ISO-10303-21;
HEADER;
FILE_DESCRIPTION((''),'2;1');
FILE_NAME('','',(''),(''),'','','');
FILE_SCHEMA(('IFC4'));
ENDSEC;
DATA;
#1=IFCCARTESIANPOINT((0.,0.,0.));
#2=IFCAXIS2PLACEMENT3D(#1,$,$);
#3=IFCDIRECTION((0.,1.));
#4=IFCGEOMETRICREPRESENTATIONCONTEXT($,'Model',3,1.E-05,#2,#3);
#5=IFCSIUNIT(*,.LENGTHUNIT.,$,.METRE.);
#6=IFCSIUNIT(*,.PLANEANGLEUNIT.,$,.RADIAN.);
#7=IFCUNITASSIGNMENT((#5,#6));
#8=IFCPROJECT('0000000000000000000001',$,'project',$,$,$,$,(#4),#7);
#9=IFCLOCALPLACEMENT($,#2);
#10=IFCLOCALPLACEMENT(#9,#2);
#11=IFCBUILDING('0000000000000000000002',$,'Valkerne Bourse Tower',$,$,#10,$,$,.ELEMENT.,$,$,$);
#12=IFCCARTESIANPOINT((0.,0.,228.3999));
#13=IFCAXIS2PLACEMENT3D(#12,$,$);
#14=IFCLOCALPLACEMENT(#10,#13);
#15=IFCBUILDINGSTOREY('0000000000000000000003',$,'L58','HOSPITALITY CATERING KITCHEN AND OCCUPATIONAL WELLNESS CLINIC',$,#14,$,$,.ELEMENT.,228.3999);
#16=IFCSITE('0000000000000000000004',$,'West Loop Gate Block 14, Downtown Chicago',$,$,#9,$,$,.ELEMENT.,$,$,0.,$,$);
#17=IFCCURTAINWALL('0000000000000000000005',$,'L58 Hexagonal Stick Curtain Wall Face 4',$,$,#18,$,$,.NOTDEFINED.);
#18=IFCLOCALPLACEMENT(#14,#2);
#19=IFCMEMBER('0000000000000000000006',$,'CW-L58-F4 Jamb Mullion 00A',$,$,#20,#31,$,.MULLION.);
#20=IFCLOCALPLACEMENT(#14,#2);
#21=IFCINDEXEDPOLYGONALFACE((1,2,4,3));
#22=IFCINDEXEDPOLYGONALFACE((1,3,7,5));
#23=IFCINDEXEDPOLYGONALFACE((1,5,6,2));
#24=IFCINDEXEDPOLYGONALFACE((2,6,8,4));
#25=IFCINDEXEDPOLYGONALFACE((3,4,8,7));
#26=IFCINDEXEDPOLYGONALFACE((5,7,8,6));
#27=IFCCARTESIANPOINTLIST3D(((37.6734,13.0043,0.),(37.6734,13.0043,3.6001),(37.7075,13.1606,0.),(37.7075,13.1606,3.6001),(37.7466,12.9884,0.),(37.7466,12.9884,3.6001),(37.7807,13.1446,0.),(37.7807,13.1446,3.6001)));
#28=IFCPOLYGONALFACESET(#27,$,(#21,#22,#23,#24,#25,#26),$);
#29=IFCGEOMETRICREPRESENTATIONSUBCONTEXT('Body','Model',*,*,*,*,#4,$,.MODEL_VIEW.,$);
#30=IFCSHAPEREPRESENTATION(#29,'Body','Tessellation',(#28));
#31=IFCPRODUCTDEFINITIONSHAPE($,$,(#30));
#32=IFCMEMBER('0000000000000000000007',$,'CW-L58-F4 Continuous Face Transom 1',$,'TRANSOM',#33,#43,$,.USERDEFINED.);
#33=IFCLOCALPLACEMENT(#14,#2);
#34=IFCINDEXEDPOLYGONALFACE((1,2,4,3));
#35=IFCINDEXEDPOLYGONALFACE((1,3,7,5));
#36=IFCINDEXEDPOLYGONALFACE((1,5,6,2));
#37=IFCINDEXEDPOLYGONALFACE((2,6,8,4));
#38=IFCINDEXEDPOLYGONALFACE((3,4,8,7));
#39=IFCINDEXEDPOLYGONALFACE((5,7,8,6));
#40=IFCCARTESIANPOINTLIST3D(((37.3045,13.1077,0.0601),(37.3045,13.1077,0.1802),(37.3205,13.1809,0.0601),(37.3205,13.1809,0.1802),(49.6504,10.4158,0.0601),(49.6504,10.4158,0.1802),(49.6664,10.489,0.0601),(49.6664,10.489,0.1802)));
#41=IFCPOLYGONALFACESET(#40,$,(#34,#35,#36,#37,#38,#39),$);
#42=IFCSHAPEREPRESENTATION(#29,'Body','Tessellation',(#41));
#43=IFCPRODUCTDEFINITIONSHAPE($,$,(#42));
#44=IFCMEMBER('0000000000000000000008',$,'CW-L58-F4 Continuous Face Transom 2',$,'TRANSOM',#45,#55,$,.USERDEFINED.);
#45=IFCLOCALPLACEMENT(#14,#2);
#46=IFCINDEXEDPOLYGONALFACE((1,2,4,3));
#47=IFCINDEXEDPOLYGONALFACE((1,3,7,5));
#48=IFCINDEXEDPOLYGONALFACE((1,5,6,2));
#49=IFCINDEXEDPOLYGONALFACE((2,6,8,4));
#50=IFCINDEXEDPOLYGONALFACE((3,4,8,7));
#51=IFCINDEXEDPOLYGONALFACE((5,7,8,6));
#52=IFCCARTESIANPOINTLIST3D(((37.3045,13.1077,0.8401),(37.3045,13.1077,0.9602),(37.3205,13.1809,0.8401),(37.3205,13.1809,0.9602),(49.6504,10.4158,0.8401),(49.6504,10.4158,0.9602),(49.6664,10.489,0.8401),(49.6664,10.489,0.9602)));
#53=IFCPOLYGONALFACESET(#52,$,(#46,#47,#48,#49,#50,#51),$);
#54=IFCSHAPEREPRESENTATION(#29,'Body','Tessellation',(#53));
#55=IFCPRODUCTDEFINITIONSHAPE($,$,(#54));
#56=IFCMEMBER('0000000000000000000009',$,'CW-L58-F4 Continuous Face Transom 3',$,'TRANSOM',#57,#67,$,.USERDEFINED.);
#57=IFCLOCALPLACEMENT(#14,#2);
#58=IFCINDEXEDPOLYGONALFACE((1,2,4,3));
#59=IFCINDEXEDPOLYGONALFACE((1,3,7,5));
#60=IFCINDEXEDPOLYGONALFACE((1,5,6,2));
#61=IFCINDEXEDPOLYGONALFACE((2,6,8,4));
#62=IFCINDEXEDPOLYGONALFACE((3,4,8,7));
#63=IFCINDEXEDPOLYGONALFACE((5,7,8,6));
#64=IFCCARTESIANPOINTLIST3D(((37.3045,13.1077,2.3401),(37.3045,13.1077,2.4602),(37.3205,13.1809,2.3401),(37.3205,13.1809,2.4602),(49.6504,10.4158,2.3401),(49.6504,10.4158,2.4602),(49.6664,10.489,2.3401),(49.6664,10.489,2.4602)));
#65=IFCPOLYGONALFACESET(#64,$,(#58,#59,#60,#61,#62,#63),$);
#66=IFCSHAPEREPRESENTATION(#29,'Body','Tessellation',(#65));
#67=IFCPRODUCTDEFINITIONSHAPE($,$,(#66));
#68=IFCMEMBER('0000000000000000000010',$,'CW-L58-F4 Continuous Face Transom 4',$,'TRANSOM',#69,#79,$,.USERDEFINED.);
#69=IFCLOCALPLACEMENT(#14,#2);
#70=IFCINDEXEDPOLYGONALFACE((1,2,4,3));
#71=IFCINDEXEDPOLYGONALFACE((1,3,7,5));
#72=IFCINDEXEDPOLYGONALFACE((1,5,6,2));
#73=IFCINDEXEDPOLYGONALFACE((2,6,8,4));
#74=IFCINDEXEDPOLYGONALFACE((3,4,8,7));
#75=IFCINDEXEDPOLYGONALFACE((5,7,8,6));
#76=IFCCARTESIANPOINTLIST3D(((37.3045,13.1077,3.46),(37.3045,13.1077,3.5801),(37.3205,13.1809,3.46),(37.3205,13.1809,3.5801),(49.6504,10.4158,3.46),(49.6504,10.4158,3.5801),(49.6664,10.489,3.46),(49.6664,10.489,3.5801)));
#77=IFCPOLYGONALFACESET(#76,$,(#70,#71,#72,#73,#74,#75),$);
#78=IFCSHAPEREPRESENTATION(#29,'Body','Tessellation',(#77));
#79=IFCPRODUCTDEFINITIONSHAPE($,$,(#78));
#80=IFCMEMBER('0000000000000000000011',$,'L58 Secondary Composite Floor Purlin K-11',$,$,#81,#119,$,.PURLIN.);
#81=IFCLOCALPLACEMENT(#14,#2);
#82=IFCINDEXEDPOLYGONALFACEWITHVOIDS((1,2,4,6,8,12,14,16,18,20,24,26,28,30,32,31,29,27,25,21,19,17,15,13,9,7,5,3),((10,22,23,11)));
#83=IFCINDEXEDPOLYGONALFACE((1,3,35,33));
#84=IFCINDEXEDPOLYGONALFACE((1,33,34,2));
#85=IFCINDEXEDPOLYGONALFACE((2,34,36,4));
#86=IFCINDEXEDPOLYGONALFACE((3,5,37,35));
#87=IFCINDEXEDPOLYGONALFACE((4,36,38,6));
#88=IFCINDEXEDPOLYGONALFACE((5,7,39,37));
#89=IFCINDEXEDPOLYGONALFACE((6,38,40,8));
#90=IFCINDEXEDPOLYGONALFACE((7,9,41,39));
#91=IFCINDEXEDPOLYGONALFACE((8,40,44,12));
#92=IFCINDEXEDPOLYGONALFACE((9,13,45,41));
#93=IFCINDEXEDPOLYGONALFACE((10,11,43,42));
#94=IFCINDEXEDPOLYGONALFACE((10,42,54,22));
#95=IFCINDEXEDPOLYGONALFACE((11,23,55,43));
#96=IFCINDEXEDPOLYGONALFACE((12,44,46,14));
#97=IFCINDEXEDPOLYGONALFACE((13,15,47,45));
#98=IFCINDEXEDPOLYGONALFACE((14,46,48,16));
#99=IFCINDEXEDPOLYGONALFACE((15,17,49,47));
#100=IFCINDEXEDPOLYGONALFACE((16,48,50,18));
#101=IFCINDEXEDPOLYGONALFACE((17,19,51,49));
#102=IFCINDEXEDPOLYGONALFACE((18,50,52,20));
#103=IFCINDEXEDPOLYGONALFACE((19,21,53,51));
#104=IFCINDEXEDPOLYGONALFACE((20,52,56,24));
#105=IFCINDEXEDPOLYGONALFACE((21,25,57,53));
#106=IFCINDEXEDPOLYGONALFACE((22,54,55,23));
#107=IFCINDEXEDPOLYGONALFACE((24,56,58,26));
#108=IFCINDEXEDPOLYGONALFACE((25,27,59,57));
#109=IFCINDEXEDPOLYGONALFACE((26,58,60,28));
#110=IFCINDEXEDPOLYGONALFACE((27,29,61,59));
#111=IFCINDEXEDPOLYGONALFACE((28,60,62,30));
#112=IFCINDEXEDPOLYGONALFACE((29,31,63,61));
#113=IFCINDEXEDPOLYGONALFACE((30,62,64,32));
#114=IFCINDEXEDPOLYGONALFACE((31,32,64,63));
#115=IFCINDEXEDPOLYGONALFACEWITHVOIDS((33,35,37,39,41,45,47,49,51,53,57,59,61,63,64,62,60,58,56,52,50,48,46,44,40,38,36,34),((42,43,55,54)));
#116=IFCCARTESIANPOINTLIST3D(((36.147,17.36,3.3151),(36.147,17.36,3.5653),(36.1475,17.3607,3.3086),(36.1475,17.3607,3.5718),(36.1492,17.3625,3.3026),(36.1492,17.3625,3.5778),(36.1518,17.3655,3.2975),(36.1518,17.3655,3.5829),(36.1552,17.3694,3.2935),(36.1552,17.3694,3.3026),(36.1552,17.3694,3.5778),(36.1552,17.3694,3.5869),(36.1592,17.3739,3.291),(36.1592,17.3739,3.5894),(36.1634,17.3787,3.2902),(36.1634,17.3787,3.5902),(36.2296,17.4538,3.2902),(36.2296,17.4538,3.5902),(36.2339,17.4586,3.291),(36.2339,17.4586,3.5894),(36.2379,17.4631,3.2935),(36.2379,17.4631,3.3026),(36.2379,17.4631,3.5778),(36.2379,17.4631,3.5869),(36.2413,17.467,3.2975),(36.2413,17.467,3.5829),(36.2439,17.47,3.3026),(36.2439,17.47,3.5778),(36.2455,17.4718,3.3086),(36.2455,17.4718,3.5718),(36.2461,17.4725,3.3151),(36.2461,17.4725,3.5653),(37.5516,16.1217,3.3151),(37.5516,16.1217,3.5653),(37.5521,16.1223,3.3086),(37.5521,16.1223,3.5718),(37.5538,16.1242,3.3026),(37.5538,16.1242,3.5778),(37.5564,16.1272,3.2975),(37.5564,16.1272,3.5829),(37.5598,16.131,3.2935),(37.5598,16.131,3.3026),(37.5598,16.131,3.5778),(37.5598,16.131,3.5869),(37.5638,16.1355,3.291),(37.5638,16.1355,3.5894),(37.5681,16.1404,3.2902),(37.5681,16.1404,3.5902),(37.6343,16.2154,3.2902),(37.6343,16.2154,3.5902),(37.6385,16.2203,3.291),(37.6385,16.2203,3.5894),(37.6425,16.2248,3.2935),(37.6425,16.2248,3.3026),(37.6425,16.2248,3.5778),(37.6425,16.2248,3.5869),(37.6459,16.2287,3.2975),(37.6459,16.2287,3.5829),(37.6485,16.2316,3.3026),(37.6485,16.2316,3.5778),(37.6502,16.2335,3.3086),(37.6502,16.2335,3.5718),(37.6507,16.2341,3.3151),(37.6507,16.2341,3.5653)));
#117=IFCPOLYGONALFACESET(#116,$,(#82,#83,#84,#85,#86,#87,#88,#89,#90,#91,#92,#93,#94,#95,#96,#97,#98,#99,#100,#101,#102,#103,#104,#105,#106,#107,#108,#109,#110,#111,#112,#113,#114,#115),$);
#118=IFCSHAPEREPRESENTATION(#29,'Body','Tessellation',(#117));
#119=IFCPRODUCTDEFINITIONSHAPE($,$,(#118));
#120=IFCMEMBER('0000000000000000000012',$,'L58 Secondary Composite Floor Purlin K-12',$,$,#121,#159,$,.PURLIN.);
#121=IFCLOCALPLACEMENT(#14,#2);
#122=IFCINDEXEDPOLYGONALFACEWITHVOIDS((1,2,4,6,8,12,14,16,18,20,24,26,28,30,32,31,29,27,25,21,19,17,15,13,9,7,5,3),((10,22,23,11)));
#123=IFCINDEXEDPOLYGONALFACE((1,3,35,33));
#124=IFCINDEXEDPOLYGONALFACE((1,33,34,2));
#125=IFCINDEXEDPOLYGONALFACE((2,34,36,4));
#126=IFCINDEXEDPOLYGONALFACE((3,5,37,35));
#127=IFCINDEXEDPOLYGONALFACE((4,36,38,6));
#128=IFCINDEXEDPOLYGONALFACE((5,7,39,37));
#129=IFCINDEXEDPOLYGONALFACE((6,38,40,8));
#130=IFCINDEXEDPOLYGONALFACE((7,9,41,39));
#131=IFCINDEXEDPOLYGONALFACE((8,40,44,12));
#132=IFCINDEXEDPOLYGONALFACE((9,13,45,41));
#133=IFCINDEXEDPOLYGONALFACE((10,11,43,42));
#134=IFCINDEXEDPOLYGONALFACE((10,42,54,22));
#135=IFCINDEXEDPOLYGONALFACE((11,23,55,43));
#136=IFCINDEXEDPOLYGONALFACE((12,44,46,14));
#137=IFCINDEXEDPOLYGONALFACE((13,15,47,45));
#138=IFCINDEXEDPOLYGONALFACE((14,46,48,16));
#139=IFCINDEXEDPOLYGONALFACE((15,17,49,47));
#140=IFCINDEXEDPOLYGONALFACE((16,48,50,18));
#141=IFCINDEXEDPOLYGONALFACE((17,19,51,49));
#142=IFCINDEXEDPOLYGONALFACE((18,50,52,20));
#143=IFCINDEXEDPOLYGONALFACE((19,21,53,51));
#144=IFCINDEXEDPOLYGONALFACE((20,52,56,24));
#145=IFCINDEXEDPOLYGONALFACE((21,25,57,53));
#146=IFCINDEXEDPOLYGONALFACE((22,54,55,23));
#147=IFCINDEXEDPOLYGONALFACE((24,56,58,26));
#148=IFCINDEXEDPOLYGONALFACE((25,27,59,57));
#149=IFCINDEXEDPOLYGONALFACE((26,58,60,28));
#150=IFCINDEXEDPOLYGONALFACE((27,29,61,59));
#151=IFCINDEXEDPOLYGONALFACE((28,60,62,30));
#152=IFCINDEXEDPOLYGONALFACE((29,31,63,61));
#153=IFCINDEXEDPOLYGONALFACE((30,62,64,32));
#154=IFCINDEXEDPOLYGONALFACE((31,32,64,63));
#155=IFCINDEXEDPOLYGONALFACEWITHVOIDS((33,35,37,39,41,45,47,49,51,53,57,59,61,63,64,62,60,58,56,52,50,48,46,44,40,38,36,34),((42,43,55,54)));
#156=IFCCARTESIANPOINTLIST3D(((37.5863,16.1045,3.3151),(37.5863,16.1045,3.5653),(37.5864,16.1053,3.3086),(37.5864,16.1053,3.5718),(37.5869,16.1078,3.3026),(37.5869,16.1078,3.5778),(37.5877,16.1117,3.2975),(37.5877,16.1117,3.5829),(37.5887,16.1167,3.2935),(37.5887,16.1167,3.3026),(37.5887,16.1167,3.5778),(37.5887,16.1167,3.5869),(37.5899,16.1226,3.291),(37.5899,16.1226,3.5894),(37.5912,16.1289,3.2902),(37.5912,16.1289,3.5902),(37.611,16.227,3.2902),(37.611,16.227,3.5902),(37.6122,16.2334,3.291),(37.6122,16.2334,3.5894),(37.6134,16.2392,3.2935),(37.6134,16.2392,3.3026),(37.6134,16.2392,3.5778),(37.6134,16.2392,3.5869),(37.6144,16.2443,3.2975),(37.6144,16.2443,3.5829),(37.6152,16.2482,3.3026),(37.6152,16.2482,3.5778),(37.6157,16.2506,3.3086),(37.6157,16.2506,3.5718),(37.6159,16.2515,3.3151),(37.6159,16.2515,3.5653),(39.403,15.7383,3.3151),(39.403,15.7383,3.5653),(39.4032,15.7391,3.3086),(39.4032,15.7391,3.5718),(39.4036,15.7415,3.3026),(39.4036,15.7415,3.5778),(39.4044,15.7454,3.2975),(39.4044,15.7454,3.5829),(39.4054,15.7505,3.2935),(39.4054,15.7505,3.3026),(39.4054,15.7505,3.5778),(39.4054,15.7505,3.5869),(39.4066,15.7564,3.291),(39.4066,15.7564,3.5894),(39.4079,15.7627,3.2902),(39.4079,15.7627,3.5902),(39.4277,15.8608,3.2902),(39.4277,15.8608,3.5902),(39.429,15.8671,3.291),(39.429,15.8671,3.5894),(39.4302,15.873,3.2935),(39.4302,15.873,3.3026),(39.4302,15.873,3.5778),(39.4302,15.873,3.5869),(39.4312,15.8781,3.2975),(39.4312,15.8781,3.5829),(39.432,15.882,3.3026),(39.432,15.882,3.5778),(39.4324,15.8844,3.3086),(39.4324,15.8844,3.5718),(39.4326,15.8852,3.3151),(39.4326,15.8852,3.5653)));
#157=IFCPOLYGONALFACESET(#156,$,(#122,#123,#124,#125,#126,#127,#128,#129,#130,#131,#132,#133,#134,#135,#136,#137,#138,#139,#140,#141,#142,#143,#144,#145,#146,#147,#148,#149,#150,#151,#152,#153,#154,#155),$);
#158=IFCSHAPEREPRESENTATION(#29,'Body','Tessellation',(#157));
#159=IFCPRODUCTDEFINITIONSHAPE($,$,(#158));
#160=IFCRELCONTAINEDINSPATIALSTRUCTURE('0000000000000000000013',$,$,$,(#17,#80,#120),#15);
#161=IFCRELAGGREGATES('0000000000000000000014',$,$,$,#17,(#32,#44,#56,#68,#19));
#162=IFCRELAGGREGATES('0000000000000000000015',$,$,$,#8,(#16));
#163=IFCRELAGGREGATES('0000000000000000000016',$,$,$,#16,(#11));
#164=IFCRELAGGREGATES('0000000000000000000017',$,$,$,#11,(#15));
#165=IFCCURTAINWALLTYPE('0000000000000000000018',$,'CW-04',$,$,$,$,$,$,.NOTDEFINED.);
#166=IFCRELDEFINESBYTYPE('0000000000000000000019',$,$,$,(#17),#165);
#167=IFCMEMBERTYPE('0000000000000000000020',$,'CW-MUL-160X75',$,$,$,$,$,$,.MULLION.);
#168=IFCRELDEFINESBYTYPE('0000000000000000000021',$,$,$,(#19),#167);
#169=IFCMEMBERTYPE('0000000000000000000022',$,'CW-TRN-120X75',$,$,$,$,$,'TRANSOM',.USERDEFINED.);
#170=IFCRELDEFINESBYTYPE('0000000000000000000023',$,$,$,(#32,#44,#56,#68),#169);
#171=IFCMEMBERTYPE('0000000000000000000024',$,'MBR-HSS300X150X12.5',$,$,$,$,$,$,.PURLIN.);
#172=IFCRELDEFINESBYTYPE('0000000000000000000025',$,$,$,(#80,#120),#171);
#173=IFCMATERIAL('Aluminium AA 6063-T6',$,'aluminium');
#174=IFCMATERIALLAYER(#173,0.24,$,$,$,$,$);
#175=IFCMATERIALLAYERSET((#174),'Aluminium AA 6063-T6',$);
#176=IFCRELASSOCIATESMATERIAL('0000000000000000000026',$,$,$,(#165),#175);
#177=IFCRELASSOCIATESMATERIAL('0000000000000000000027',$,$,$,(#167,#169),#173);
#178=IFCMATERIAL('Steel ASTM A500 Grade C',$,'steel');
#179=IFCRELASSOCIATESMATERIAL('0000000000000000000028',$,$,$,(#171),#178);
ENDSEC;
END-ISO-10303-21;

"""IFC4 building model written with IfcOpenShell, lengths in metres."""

from ifc_helpers import new_model, si_unit, direction, frame, origin, origin_2d, place, context, subcontext, project, spatial, rectangle, hollow_rectangle, extrude, material, layer, layer_set, material_profile, profile_set, type_object, element, aggregate, save


model = new_model("IFC4")

# Units and contexts
model_context = context("Model", 3, precision=1e-05, world=origin(), true_north=direction((0.0, 1.0)))
body_context = subcontext(model_context, "Body", "Model", "MODEL_VIEW")
ifc_project = project(units=[si_unit("LENGTHUNIT", "METRE"), si_unit("PLANEANGLEUNIT", "RADIAN")], contexts=[model_context])

# Site, building, storey
site_placement = place(None, origin())
site = spatial("IfcSite", under=ifc_project, at=site_placement, Name="West Loop Gate Block 14, Downtown Chicago", CompositionType="ELEMENT", RefElevation=0.0)
building_placement = place(site_placement, origin())
building = spatial("IfcBuilding", under=site, at=building_placement, Name="Valkerne Bourse Tower", CompositionType="ELEMENT")
storey_placement = place(building_placement, frame((0.0, 0.0, 228.3999)))
storey = spatial("IfcBuildingStorey", under=building, at=storey_placement, Name="L58", Description="HOSPITALITY CATERING KITCHEN AND OCCUPATIONAL WELLNESS CLINIC", CompositionType="ELEMENT", Elevation=228.3999)

# Curtain wall, members
ifc_material_1 = material(Name="Aluminium AA 6063-T6", Category="aluminium")
ifc_layer_1 = layer(ifc_material_1, 0.24)
ifc_layer_set_1 = layer_set([ifc_layer_1], Name="Aluminium AA 6063-T6")
curtain_wall_type = type_object("IfcCurtainWallType", Name="CW-04", PredefinedType="NOTDEFINED", material=ifc_layer_set_1)
curtain_wall_placement = place(storey_placement, origin())
curtain_wall = element("IfcCurtainWall", 1, at=curtain_wall_placement, inside=storey, type_object=curtain_wall_type, Name="L58 Hexagonal Stick Curtain Wall Face 4", PredefinedType="NOTDEFINED")
ifc_material_profile_1 = material_profile(ifc_material_1, rectangle(XDim=0.075, YDim=0.1599, at=origin_2d()), Name="CWM-75X160")
ifc_profile_set_1 = profile_set([ifc_material_profile_1], Name="Aluminium AA 6063-T6")
member_type_1 = type_object("IfcMemberType", Name="CW-MUL-160X75", PredefinedType="MULLION", material=ifc_profile_set_1)
member_1_placement = place(storey_placement, frame((37.7271, 13.0745, 0.0), z_axis=(0.0, 0.0, 1.0), x_axis=(0.977045, -0.213035, 0.0)))
member_1 = element("IfcMember", 2, at=member_1_placement, type_object=member_type_1, Name="CW-L58-F4 Jamb Mullion 00A", PredefinedType="MULLION", context=body_context, shape_type="SweptSolid", body=[
    extrude(rectangle(XDim=0.075, YDim=0.1599, at=origin_2d()), origin(), (0.0, 0.0, 1.0), 3.6001),
])
ifc_material_profile_2 = material_profile(ifc_material_1, rectangle(XDim=0.075, YDim=0.1201, at=origin_2d()), Name="CWT-75X120")
ifc_profile_set_2 = profile_set([ifc_material_profile_2], Name="Aluminium AA 6063-T6")
member_type_2 = type_object("IfcMemberType", Name="CW-TRN-120X75", ElementType="TRANSOM", PredefinedType="USERDEFINED", material=ifc_profile_set_2)
member_2_placement = place(storey_placement, frame((37.3125, 13.1443, 0.1201), z_axis=(0.977045, -0.213034, 0.0), x_axis=(0.213034, 0.977045, 0.0)))
member_2 = element("IfcMember", 3, at=member_2_placement, type_object=member_type_2, Name="CW-L58-F4 Continuous Face Transom 1", ObjectType="TRANSOM", PredefinedType="USERDEFINED", context=body_context, shape_type="SweptSolid", body=[
    extrude(rectangle(XDim=0.075, YDim=0.1201, at=origin_2d()), origin(), (0.0, 0.0, 1.0), 12.636),
])
member_3_placement = place(storey_placement, frame((37.3125, 13.1443, 0.9001), z_axis=(0.977045, -0.213034, 0.0), x_axis=(0.213034, 0.977045, 0.0)))
member_3 = element("IfcMember", 4, at=member_3_placement, type_object=member_type_2, Name="CW-L58-F4 Continuous Face Transom 2", ObjectType="TRANSOM", PredefinedType="USERDEFINED", context=body_context, shape_type="SweptSolid", body=[
    extrude(rectangle(XDim=0.075, YDim=0.1201, at=origin_2d()), origin(), (0.0, 0.0, 1.0), 12.636),
])
member_4_placement = place(storey_placement, frame((37.3125, 13.1443, 2.4001), z_axis=(0.977045, -0.213034, 0.0), x_axis=(0.213034, 0.977045, 0.0)))
member_4 = element("IfcMember", 5, at=member_4_placement, type_object=member_type_2, Name="CW-L58-F4 Continuous Face Transom 3", ObjectType="TRANSOM", PredefinedType="USERDEFINED", context=body_context, shape_type="SweptSolid", body=[
    extrude(rectangle(XDim=0.075, YDim=0.1201, at=origin_2d()), origin(), (0.0, 0.0, 1.0), 12.636),
])
member_5_placement = place(storey_placement, frame((37.3125, 13.1443, 3.52), z_axis=(0.977045, -0.213034, 0.0), x_axis=(0.213034, 0.977045, 0.0)))
member_5 = element("IfcMember", 6, at=member_5_placement, type_object=member_type_2, Name="CW-L58-F4 Continuous Face Transom 4", ObjectType="TRANSOM", PredefinedType="USERDEFINED", context=body_context, shape_type="SweptSolid", body=[
    extrude(rectangle(XDim=0.075, YDim=0.1201, at=origin_2d()), origin(), (0.0, 0.0, 1.0), 12.636),
])

# Members
ifc_material_2 = material(Name="Steel ASTM A500 Grade C", Category="steel")
ifc_material_profile_3 = material_profile(ifc_material_2, hollow_rectangle(XDim=0.1499, YDim=0.3, WallThickness=0.0125, OuterFilletRadius=0.0249, at=origin_2d()), Name="HSS300X150X12.5")
ifc_profile_set_3 = profile_set([ifc_material_profile_3], Name="Steel ASTM A500 Grade C")
member_type_3 = type_object("IfcMemberType", Name="MBR-HSS300X150X12.5", PredefinedType="PURLIN", material=ifc_profile_set_3)
member_6_placement = place(storey_placement, frame((36.1965, 17.4163, 3.4402), z_axis=(0.750108, -0.661315, 0.0), x_axis=(0.661315, 0.750108, 0.0)))
element("IfcMember", 7, at=member_6_placement, inside=storey, type_object=member_type_3, Name="L58 Secondary Composite Floor Purlin K-11", PredefinedType="PURLIN", context=body_context, shape_type="SweptSolid", body=[
    extrude(hollow_rectangle(XDim=0.1499, YDim=0.3, WallThickness=0.0125, OuterFilletRadius=0.0249, at=origin_2d()), origin(), (0.0, 0.0, 1.0), 1.8726),
])
member_7_placement = place(storey_placement, frame((37.6011, 16.178, 3.4402), z_axis=(0.980281, -0.197611, 0.0), x_axis=(0.197611, 0.980281, 0.0)))
element("IfcMember", 8, at=member_7_placement, inside=storey, type_object=member_type_3, Name="L58 Secondary Composite Floor Purlin K-12", PredefinedType="PURLIN", context=body_context, shape_type="SweptSolid", body=[
    extrude(hollow_rectangle(XDim=0.1499, YDim=0.3, WallThickness=0.0125, OuterFilletRadius=0.0249, at=origin_2d()), origin(), (0.0, 0.0, 1.0), 1.8533),
])

aggregate(curtain_wall, [member_2, member_3, member_4, member_5, member_1])

save(model, "model.ifc")
